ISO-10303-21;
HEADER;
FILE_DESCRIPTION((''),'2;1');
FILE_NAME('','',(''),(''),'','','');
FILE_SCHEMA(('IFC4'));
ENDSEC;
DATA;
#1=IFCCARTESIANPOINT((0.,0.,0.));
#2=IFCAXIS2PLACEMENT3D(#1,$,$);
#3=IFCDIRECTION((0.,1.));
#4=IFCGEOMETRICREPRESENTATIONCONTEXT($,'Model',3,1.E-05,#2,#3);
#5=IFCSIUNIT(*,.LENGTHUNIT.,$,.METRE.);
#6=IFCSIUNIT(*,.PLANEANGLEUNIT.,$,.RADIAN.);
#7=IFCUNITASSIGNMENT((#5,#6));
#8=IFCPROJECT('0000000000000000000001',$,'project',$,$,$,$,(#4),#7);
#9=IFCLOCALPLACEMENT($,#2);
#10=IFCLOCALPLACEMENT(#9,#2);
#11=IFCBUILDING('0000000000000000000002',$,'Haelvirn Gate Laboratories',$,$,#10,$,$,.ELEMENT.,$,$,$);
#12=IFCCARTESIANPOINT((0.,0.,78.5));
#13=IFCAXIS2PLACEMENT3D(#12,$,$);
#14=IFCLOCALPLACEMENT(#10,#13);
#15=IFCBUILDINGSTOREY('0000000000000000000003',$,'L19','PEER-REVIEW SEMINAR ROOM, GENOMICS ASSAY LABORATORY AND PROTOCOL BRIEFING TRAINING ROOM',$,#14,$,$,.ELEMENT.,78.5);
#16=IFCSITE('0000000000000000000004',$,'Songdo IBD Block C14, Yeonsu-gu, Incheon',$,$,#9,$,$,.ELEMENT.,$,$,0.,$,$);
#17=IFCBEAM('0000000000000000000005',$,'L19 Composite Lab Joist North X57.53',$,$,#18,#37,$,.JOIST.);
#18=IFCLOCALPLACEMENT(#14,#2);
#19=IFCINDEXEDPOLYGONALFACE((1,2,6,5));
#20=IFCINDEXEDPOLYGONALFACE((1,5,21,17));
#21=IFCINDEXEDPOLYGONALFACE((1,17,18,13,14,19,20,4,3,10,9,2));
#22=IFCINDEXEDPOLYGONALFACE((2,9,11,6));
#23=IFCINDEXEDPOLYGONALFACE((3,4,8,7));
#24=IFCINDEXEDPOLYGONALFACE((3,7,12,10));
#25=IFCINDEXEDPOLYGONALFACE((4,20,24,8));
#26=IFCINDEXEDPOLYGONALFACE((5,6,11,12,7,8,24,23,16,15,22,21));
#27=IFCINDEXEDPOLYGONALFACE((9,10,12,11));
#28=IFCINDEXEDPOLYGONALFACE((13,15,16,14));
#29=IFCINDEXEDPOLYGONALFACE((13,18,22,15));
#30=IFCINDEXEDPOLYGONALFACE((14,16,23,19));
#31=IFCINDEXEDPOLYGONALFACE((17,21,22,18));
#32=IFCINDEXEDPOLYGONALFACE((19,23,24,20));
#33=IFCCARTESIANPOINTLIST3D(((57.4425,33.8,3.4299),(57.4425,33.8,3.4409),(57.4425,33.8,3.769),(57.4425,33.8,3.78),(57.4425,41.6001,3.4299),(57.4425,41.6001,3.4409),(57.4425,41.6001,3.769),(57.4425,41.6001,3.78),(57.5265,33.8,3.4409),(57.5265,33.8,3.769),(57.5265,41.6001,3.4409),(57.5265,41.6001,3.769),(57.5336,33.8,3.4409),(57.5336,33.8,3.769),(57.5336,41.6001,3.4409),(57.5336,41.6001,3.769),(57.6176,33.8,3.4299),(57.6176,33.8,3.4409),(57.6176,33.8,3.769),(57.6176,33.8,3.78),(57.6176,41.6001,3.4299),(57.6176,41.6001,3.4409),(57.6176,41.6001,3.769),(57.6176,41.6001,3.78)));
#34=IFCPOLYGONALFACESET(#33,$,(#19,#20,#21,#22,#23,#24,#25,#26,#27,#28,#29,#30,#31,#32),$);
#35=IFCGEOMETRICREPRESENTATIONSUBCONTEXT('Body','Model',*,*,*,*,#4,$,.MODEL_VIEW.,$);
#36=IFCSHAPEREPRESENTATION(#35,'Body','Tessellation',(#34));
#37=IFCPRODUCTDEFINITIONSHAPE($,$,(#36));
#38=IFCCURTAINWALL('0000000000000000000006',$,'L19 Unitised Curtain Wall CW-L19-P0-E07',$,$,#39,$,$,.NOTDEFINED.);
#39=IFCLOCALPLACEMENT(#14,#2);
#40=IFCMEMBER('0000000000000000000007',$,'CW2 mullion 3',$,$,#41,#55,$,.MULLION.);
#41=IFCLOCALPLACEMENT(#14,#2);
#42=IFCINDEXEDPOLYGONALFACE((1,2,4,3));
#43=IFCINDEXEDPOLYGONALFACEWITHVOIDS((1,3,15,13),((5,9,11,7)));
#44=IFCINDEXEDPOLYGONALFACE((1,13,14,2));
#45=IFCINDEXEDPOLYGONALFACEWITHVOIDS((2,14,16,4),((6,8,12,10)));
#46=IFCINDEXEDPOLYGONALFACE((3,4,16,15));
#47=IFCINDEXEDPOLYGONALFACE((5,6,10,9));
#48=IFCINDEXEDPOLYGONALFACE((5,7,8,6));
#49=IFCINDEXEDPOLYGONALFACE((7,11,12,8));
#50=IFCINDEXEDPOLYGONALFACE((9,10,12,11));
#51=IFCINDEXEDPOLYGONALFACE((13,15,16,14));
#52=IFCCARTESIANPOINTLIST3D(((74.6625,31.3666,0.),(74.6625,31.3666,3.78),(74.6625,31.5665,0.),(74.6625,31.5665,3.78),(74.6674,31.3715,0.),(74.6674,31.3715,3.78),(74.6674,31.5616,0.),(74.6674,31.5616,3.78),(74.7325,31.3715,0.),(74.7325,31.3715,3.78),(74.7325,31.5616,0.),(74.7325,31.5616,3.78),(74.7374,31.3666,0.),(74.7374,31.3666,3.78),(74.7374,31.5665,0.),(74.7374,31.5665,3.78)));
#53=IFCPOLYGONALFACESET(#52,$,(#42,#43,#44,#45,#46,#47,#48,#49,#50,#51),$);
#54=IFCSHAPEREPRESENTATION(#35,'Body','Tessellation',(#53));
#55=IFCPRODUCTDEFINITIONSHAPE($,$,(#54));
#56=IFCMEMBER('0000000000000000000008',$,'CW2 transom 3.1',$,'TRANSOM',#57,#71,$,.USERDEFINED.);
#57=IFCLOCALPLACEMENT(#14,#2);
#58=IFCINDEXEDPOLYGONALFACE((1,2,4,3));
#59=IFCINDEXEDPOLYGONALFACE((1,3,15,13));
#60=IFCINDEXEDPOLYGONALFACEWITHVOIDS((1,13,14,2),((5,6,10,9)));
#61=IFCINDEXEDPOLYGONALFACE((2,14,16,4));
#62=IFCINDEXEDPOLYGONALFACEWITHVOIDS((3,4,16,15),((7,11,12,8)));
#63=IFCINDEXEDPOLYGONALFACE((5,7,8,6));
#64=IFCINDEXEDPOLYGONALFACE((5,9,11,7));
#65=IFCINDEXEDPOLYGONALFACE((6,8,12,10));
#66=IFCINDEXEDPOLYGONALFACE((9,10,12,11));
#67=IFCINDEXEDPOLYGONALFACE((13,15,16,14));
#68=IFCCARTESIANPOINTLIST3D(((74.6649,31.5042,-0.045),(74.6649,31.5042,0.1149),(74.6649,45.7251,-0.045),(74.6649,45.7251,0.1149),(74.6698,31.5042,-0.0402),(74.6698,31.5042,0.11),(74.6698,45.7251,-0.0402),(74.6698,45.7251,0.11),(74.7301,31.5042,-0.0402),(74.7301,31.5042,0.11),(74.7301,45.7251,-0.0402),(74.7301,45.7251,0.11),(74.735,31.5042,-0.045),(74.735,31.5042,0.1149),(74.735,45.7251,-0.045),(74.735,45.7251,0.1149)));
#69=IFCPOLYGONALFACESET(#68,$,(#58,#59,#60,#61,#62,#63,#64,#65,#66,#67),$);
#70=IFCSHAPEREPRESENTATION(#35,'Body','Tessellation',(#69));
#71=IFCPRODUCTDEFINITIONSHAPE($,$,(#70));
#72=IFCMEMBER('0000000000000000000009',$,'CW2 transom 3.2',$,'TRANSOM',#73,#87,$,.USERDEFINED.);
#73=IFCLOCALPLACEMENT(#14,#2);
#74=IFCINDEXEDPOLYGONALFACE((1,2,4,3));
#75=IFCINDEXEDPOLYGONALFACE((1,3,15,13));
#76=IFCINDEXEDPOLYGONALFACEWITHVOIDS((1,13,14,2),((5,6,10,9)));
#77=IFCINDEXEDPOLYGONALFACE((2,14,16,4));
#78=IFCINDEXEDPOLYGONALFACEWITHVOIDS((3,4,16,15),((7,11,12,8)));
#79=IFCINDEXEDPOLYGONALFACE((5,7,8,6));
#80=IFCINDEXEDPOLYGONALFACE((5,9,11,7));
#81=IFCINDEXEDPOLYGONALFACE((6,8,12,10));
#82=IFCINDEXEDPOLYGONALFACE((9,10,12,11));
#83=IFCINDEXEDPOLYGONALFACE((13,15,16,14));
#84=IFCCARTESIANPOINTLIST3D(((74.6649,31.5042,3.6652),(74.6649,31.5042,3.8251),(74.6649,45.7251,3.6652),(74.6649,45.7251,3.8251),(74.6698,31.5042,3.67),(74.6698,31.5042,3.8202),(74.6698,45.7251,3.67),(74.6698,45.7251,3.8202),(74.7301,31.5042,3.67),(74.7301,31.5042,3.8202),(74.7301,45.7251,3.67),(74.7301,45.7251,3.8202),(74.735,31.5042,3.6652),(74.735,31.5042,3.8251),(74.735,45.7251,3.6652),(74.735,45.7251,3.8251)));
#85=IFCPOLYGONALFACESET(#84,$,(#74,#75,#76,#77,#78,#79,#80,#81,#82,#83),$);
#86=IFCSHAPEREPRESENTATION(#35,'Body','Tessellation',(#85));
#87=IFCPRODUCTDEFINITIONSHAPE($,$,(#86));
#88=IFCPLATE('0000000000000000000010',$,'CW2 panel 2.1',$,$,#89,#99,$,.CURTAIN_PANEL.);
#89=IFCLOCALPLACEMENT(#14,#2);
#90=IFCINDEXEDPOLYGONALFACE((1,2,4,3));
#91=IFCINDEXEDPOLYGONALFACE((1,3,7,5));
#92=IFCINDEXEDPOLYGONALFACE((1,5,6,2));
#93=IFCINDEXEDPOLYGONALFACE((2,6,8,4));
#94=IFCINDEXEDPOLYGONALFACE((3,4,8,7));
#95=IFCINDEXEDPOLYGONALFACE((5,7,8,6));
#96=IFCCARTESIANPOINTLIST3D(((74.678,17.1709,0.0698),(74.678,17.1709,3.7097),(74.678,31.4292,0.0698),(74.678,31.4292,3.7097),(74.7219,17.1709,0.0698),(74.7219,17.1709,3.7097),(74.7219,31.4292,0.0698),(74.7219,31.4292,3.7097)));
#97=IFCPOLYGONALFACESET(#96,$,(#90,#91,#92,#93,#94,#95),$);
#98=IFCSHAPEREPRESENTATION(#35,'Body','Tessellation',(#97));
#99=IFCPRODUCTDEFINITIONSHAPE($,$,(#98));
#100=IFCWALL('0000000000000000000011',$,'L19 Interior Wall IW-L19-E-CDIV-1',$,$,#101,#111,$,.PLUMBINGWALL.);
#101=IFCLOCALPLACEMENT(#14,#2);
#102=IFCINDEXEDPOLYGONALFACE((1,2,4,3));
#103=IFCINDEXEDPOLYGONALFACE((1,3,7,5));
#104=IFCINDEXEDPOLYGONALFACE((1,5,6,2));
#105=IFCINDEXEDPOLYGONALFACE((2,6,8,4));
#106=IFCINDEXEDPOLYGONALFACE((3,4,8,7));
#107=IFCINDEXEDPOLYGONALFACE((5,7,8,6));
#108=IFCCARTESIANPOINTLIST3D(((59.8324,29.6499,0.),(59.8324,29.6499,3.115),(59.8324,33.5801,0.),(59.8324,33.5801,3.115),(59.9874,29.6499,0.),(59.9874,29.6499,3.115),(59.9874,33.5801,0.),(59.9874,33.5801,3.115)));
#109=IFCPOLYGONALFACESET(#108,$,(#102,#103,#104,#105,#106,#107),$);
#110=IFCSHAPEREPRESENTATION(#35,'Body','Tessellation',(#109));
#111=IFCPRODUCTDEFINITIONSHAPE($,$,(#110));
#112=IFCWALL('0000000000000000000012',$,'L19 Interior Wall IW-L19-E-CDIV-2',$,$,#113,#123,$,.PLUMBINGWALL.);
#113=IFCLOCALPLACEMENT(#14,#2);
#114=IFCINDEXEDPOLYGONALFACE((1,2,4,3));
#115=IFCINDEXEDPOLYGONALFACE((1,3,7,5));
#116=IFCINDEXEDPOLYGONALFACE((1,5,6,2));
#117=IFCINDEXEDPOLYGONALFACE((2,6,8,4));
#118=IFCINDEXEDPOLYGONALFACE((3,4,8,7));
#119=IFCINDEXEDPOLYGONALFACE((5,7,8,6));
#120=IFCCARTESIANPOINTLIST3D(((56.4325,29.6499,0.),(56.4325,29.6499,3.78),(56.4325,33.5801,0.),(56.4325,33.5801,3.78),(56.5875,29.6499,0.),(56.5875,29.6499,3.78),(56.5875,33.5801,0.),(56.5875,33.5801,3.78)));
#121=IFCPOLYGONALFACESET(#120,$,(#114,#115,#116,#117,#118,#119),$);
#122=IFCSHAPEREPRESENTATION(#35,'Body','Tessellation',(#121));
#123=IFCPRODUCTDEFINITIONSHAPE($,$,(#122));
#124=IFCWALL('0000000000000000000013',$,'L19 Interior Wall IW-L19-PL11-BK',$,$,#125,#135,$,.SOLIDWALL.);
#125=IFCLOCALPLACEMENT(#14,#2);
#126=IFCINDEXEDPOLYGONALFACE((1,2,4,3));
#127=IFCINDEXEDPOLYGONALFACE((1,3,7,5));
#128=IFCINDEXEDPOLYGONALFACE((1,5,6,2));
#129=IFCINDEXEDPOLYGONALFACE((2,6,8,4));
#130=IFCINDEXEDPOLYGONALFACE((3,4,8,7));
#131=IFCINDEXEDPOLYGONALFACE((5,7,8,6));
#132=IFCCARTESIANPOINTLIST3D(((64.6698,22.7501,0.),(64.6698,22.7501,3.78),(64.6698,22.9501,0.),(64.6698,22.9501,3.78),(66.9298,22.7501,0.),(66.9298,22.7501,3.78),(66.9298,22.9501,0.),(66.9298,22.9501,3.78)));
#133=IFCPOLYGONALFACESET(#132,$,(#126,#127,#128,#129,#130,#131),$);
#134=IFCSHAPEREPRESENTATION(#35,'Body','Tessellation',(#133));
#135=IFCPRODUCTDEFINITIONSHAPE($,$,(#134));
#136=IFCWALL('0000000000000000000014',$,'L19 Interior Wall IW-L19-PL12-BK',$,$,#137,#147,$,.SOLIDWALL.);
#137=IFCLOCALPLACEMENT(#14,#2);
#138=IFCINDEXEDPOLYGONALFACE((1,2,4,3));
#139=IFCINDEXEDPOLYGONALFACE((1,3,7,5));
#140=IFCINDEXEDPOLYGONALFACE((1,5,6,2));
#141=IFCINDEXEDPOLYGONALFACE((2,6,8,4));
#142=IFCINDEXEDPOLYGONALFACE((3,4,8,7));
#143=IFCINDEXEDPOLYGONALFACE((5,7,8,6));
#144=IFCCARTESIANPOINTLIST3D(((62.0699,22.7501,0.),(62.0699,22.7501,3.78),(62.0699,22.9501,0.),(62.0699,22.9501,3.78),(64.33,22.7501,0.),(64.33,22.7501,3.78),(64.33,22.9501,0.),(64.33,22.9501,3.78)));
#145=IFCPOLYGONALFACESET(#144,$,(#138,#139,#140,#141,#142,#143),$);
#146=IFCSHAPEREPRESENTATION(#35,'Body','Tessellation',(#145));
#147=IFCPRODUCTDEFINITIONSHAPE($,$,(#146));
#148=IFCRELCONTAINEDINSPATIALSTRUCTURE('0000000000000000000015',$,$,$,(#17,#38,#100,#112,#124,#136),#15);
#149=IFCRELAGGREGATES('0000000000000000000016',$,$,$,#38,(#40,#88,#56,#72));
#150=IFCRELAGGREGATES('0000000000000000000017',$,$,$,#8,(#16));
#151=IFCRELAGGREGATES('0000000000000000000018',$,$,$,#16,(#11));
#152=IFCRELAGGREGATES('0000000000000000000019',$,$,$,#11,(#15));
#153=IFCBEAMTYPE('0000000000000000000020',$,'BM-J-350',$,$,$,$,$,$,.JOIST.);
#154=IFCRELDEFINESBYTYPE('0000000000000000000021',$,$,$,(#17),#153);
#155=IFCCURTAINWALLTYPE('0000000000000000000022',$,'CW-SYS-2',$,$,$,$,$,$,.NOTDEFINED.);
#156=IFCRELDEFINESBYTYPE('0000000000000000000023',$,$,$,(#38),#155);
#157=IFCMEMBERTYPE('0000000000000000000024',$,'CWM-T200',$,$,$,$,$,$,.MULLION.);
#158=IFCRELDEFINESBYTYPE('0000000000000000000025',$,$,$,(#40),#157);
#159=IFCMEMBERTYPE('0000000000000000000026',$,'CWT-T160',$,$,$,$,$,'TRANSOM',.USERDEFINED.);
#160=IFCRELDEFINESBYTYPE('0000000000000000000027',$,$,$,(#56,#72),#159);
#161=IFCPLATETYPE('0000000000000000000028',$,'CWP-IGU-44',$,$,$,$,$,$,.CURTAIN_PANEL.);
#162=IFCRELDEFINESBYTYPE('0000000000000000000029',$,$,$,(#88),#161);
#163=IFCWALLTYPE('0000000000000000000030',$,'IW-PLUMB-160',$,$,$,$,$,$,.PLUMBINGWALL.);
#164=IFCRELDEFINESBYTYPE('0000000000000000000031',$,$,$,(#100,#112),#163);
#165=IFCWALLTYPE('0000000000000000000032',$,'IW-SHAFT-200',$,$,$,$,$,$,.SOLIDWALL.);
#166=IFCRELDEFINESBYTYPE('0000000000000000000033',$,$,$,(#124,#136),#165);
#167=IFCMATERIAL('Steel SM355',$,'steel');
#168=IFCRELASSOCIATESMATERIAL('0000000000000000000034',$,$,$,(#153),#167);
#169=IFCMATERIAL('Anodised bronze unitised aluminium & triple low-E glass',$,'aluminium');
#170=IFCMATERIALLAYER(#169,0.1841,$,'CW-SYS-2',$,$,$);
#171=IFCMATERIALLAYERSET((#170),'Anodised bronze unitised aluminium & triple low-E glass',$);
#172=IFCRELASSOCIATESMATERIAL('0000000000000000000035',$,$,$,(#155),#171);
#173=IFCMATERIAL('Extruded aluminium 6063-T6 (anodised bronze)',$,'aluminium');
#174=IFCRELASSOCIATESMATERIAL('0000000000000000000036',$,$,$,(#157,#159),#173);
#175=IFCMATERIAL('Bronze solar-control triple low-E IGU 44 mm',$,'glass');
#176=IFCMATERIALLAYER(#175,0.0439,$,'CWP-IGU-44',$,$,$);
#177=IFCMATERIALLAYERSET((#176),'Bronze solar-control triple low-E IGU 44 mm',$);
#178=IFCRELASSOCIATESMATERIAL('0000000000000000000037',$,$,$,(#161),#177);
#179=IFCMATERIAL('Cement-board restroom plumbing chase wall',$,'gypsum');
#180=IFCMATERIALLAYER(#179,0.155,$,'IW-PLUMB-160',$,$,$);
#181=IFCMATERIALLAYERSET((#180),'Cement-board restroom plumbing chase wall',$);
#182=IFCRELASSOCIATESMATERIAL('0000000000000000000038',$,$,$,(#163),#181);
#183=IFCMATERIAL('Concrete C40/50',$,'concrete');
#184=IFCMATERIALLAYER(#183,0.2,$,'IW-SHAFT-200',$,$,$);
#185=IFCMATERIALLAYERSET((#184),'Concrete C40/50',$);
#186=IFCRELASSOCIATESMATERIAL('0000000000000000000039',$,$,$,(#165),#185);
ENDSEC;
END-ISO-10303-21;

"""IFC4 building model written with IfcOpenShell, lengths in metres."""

from ifc_helpers import new_model, si_unit, direction, frame, frame_2d, origin, origin_2d, place, context, subcontext, project, spatial, rectangle, hollow_rectangle, i_section, extrude, source, transform, mapped, material, layer, layer_set, material_profile, profile_set, type_object, type_shapes, element, aggregate, save


model = new_model("IFC4")

# Units and contexts
model_context = context("Model", 3, precision=1e-05, world=origin(), true_north=direction((0.0, 1.0)))
body_context = subcontext(model_context, "Body", "Model", "MODEL_VIEW")
ifc_project = project(units=[si_unit("LENGTHUNIT", "METRE"), si_unit("PLANEANGLEUNIT", "RADIAN")], contexts=[model_context])

# Site, building, storey
site_placement = place(None, origin())
site = spatial("IfcSite", under=ifc_project, at=site_placement, Name="Songdo IBD Block C14, Yeonsu-gu, Incheon", CompositionType="ELEMENT", RefElevation=0.0)
building_placement = place(site_placement, origin())
building = spatial("IfcBuilding", under=site, at=building_placement, Name="Haelvirn Gate Laboratories", CompositionType="ELEMENT")
storey_placement = place(building_placement, frame((0.0, 0.0, 78.5)))
storey = spatial("IfcBuildingStorey", under=building, at=storey_placement, Name="L19", Description="PEER-REVIEW SEMINAR ROOM, GENOMICS ASSAY LABORATORY AND PROTOCOL BRIEFING TRAINING ROOM", CompositionType="ELEMENT", Elevation=78.5)

# Beam
ifc_material_1 = material(Name="Steel SM355", Category="steel")
ifc_material_profile_1 = material_profile(ifc_material_1, i_section(OverallWidth=0.175, OverallDepth=0.3501, WebThickness=0.0071, FlangeThickness=0.011, at=origin_2d()), Name="H-350x175x7x11")
ifc_profile_set_1 = profile_set([ifc_material_profile_1], Name="Steel SM355")
beam_type = type_object("IfcBeamType", Name="BM-J-350", PredefinedType="JOIST", material=ifc_profile_set_1)
shared_shape_1 = source(origin(), body_context, "Body", "SweptSolid", [
    extrude(i_section(OverallWidth=0.175, OverallDepth=0.3501, WebThickness=0.0071, FlangeThickness=0.011, at=origin_2d()), origin(), (0.0, 0.0, 1.0), 7.8),
])
type_shapes(beam_type, [shared_shape_1])
beam_placement = place(storey_placement, frame((57.53, 33.8, 3.605), z_axis=(0.0, 1.0, 0.0), x_axis=(-1.0, 0.0, 0.0)))
element("IfcBeam", 1, at=beam_placement, inside=storey, type_object=beam_type, Name="L19 Composite Lab Joist North X57.53", PredefinedType="JOIST", context=body_context, shape_type="MappedRepresentation", body=[
    mapped(shared_shape_1, transform((0.0, 0.0, 0.0), scale=1.0)),
])

# Curtain wall, members, plate
ifc_material_2 = material(Name="Anodised bronze unitised aluminium & triple low-E glass", Category="aluminium")
ifc_layer_1 = layer(ifc_material_2, 0.1841, Name="CW-SYS-2")
ifc_layer_set_1 = layer_set([ifc_layer_1], Name="Anodised bronze unitised aluminium & triple low-E glass")
curtain_wall_type = type_object("IfcCurtainWallType", Name="CW-SYS-2", PredefinedType="NOTDEFINED", material=ifc_layer_set_1)
curtain_wall_placement = place(storey_placement, origin())
curtain_wall = element("IfcCurtainWall", 2, at=curtain_wall_placement, inside=storey, type_object=curtain_wall_type, Name="L19 Unitised Curtain Wall CW-L19-P0-E07", PredefinedType="NOTDEFINED")
ifc_material_3 = material(Name="Extruded aluminium 6063-T6 (anodised bronze)", Category="aluminium")
ifc_material_profile_2 = material_profile(ifc_material_3, hollow_rectangle(XDim=0.075, YDim=0.2, WallThickness=0.0049, at=origin_2d()), Name="CWM-200x75x5")
ifc_profile_set_2 = profile_set([ifc_material_profile_2], Name="Extruded aluminium 6063-T6 (anodised bronze)")
member_type_1 = type_object("IfcMemberType", Name="CWM-T200", PredefinedType="MULLION", material=ifc_profile_set_2)
shared_shape_2 = source(origin(), body_context, "Body", "SweptSolid", [
    extrude(hollow_rectangle(XDim=0.075, YDim=0.2, WallThickness=0.0049, at=origin_2d()), origin(), (0.0, 0.0, 1.0), 3.78),
])
type_shapes(member_type_1, [shared_shape_2])
member_1_placement = place(storey_placement, frame((74.7, 31.4666, 0.0), z_axis=(0.0, 0.0, 1.0), x_axis=(-1.0, 0.0, 0.0)))
member_1 = element("IfcMember", 3, at=member_1_placement, type_object=member_type_1, Name="CW2 mullion 3", PredefinedType="MULLION", context=body_context, shape_type="MappedRepresentation", body=[
    mapped(shared_shape_2, transform((0.0, 0.0, 0.0), scale=1.0)),
])
ifc_material_profile_3 = material_profile(ifc_material_3, hollow_rectangle(XDim=0.0701, YDim=0.1599, WallThickness=0.0049, at=origin_2d()), Name="CWT-160x70x5")
ifc_profile_set_3 = profile_set([ifc_material_profile_3], Name="Extruded aluminium 6063-T6 (anodised bronze)")
member_type_2 = type_object("IfcMemberType", Name="CWT-T160", ElementType="TRANSOM", PredefinedType="USERDEFINED", material=ifc_profile_set_3)
shared_shape_3 = source(origin(), body_context, "Body", "SweptSolid", [
    extrude(hollow_rectangle(XDim=0.0701, YDim=0.1599, WallThickness=0.0049, at=origin_2d()), origin(), (0.0, 0.0, 1.0), 14.2209),
])
type_shapes(member_type_2, [shared_shape_3])
member_2_placement = place(storey_placement, frame((74.7, 31.5042, 0.0349), z_axis=(0.0, 1.0, 0.0), x_axis=(-1.0, 0.0, 0.0)))
member_2 = element("IfcMember", 4, at=member_2_placement, type_object=member_type_2, Name="CW2 transom 3.1", ObjectType="TRANSOM", PredefinedType="USERDEFINED", context=body_context, shape_type="MappedRepresentation", body=[
    mapped(shared_shape_3, transform((0.0, 0.0, 0.0), scale=1.0)),
])
member_3_placement = place(storey_placement, frame((74.7, 31.5042, 3.7451), z_axis=(0.0, 1.0, 0.0), x_axis=(-1.0, 0.0, 0.0)))
member_3 = element("IfcMember", 5, at=member_3_placement, type_object=member_type_2, Name="CW2 transom 3.2", ObjectType="TRANSOM", PredefinedType="USERDEFINED", context=body_context, shape_type="MappedRepresentation", body=[
    mapped(shared_shape_3, transform((0.0, 0.0, 0.0), scale=1.0)),
])
ifc_material_4 = material(Name="Bronze solar-control triple low-E IGU 44 mm", Category="glass")
ifc_layer_2 = layer(ifc_material_4, 0.0439, Name="CWP-IGU-44")
ifc_layer_set_2 = layer_set([ifc_layer_2], Name="Bronze solar-control triple low-E IGU 44 mm")
plate_type = type_object("IfcPlateType", Name="CWP-IGU-44", PredefinedType="CURTAIN_PANEL", material=ifc_layer_set_2)
shared_shape_4 = source(origin(), body_context, "Body", "SweptSolid", [
    extrude(rectangle(XDim=14.2583, YDim=0.0439, at=origin_2d()), origin(), (0.0, 0.0, 1.0), 3.6399),
])
type_shapes(plate_type, [shared_shape_4])
plate_placement = place(storey_placement, frame((74.7, 24.3, 0.0698), z_axis=(0.0, 0.0, 1.0), x_axis=(0.0, 1.0, 0.0)))
plate = element("IfcPlate", 6, at=plate_placement, type_object=plate_type, Name="CW2 panel 2.1", PredefinedType="CURTAIN_PANEL", context=body_context, shape_type="MappedRepresentation", body=[
    mapped(shared_shape_4, transform((0.0, 0.0, 0.0), scale=1.0)),
])
aggregate(curtain_wall, [member_1, plate, member_2, member_3])

# Walls
ifc_material_5 = material(Name="Cement-board restroom plumbing chase wall", Category="gypsum")
ifc_layer_3 = layer(ifc_material_5, 0.155, Name="IW-PLUMB-160")
ifc_layer_set_3 = layer_set([ifc_layer_3], Name="Cement-board restroom plumbing chase wall")
wall_type_1 = type_object("IfcWallType", Name="IW-PLUMB-160", PredefinedType="PLUMBINGWALL", material=ifc_layer_set_3)
wall_1_placement = place(storey_placement, frame((59.9099, 29.6499, 0.0), z_axis=(0.0, 0.0, 1.0), x_axis=(0.0, 1.0, 0.0)))
element("IfcWall", 7, at=wall_1_placement, inside=storey, type_object=wall_type_1, Name="L19 Interior Wall IW-L19-E-CDIV-1", PredefinedType="PLUMBINGWALL", context=body_context, shape_type="SweptSolid", body=[
    extrude(rectangle(XDim=3.9302, YDim=0.155, at=frame_2d((1.9651, 0.0))), origin(), (0.0, 0.0, 1.0), 3.115),
])
wall_2_placement = place(storey_placement, frame((56.51, 29.6499, 0.0), z_axis=(0.0, 0.0, 1.0), x_axis=(0.0, 1.0, 0.0)))
element("IfcWall", 8, at=wall_2_placement, inside=storey, type_object=wall_type_1, Name="L19 Interior Wall IW-L19-E-CDIV-2", PredefinedType="PLUMBINGWALL", context=body_context, shape_type="SweptSolid", body=[
    extrude(rectangle(XDim=3.9302, YDim=0.155, at=frame_2d((1.9651, 0.0))), origin(), (0.0, 0.0, 1.0), 3.78),
])
ifc_material_6 = material(Name="Concrete C40/50", Category="concrete")
ifc_layer_4 = layer(ifc_material_6, 0.2, Name="IW-SHAFT-200")
ifc_layer_set_4 = layer_set([ifc_layer_4], Name="Concrete C40/50")
wall_type_2 = type_object("IfcWallType", Name="IW-SHAFT-200", PredefinedType="SOLIDWALL", material=ifc_layer_set_4)
for number, where, z_axis, x_axis, name in (
    (9, (64.6699, 22.8501, 0.0), (0.0, 0.0, 1.0), (1.0, 0.0, 0.0), "L19 Interior Wall IW-L19-PL11-BK"),
    (10, (62.0701, 22.8501, 0.0), (0.0, 0.0, 1.0), (1.0, 0.0, 0.0), "L19 Interior Wall IW-L19-PL12-BK"),
):
    element("IfcWall", number, at=place(storey_placement, frame(where, z_axis=z_axis, x_axis=x_axis)), inside=storey, type_object=wall_type_2, Name=name, PredefinedType="SOLIDWALL", context=body_context, shape_type="SweptSolid", body=[
        extrude(rectangle(XDim=2.26, YDim=0.2, at=frame_2d((1.1299, 0.0))), origin(), (0.0, 0.0, 1.0), 3.78),
    ])

save(model, "model.ifc")
